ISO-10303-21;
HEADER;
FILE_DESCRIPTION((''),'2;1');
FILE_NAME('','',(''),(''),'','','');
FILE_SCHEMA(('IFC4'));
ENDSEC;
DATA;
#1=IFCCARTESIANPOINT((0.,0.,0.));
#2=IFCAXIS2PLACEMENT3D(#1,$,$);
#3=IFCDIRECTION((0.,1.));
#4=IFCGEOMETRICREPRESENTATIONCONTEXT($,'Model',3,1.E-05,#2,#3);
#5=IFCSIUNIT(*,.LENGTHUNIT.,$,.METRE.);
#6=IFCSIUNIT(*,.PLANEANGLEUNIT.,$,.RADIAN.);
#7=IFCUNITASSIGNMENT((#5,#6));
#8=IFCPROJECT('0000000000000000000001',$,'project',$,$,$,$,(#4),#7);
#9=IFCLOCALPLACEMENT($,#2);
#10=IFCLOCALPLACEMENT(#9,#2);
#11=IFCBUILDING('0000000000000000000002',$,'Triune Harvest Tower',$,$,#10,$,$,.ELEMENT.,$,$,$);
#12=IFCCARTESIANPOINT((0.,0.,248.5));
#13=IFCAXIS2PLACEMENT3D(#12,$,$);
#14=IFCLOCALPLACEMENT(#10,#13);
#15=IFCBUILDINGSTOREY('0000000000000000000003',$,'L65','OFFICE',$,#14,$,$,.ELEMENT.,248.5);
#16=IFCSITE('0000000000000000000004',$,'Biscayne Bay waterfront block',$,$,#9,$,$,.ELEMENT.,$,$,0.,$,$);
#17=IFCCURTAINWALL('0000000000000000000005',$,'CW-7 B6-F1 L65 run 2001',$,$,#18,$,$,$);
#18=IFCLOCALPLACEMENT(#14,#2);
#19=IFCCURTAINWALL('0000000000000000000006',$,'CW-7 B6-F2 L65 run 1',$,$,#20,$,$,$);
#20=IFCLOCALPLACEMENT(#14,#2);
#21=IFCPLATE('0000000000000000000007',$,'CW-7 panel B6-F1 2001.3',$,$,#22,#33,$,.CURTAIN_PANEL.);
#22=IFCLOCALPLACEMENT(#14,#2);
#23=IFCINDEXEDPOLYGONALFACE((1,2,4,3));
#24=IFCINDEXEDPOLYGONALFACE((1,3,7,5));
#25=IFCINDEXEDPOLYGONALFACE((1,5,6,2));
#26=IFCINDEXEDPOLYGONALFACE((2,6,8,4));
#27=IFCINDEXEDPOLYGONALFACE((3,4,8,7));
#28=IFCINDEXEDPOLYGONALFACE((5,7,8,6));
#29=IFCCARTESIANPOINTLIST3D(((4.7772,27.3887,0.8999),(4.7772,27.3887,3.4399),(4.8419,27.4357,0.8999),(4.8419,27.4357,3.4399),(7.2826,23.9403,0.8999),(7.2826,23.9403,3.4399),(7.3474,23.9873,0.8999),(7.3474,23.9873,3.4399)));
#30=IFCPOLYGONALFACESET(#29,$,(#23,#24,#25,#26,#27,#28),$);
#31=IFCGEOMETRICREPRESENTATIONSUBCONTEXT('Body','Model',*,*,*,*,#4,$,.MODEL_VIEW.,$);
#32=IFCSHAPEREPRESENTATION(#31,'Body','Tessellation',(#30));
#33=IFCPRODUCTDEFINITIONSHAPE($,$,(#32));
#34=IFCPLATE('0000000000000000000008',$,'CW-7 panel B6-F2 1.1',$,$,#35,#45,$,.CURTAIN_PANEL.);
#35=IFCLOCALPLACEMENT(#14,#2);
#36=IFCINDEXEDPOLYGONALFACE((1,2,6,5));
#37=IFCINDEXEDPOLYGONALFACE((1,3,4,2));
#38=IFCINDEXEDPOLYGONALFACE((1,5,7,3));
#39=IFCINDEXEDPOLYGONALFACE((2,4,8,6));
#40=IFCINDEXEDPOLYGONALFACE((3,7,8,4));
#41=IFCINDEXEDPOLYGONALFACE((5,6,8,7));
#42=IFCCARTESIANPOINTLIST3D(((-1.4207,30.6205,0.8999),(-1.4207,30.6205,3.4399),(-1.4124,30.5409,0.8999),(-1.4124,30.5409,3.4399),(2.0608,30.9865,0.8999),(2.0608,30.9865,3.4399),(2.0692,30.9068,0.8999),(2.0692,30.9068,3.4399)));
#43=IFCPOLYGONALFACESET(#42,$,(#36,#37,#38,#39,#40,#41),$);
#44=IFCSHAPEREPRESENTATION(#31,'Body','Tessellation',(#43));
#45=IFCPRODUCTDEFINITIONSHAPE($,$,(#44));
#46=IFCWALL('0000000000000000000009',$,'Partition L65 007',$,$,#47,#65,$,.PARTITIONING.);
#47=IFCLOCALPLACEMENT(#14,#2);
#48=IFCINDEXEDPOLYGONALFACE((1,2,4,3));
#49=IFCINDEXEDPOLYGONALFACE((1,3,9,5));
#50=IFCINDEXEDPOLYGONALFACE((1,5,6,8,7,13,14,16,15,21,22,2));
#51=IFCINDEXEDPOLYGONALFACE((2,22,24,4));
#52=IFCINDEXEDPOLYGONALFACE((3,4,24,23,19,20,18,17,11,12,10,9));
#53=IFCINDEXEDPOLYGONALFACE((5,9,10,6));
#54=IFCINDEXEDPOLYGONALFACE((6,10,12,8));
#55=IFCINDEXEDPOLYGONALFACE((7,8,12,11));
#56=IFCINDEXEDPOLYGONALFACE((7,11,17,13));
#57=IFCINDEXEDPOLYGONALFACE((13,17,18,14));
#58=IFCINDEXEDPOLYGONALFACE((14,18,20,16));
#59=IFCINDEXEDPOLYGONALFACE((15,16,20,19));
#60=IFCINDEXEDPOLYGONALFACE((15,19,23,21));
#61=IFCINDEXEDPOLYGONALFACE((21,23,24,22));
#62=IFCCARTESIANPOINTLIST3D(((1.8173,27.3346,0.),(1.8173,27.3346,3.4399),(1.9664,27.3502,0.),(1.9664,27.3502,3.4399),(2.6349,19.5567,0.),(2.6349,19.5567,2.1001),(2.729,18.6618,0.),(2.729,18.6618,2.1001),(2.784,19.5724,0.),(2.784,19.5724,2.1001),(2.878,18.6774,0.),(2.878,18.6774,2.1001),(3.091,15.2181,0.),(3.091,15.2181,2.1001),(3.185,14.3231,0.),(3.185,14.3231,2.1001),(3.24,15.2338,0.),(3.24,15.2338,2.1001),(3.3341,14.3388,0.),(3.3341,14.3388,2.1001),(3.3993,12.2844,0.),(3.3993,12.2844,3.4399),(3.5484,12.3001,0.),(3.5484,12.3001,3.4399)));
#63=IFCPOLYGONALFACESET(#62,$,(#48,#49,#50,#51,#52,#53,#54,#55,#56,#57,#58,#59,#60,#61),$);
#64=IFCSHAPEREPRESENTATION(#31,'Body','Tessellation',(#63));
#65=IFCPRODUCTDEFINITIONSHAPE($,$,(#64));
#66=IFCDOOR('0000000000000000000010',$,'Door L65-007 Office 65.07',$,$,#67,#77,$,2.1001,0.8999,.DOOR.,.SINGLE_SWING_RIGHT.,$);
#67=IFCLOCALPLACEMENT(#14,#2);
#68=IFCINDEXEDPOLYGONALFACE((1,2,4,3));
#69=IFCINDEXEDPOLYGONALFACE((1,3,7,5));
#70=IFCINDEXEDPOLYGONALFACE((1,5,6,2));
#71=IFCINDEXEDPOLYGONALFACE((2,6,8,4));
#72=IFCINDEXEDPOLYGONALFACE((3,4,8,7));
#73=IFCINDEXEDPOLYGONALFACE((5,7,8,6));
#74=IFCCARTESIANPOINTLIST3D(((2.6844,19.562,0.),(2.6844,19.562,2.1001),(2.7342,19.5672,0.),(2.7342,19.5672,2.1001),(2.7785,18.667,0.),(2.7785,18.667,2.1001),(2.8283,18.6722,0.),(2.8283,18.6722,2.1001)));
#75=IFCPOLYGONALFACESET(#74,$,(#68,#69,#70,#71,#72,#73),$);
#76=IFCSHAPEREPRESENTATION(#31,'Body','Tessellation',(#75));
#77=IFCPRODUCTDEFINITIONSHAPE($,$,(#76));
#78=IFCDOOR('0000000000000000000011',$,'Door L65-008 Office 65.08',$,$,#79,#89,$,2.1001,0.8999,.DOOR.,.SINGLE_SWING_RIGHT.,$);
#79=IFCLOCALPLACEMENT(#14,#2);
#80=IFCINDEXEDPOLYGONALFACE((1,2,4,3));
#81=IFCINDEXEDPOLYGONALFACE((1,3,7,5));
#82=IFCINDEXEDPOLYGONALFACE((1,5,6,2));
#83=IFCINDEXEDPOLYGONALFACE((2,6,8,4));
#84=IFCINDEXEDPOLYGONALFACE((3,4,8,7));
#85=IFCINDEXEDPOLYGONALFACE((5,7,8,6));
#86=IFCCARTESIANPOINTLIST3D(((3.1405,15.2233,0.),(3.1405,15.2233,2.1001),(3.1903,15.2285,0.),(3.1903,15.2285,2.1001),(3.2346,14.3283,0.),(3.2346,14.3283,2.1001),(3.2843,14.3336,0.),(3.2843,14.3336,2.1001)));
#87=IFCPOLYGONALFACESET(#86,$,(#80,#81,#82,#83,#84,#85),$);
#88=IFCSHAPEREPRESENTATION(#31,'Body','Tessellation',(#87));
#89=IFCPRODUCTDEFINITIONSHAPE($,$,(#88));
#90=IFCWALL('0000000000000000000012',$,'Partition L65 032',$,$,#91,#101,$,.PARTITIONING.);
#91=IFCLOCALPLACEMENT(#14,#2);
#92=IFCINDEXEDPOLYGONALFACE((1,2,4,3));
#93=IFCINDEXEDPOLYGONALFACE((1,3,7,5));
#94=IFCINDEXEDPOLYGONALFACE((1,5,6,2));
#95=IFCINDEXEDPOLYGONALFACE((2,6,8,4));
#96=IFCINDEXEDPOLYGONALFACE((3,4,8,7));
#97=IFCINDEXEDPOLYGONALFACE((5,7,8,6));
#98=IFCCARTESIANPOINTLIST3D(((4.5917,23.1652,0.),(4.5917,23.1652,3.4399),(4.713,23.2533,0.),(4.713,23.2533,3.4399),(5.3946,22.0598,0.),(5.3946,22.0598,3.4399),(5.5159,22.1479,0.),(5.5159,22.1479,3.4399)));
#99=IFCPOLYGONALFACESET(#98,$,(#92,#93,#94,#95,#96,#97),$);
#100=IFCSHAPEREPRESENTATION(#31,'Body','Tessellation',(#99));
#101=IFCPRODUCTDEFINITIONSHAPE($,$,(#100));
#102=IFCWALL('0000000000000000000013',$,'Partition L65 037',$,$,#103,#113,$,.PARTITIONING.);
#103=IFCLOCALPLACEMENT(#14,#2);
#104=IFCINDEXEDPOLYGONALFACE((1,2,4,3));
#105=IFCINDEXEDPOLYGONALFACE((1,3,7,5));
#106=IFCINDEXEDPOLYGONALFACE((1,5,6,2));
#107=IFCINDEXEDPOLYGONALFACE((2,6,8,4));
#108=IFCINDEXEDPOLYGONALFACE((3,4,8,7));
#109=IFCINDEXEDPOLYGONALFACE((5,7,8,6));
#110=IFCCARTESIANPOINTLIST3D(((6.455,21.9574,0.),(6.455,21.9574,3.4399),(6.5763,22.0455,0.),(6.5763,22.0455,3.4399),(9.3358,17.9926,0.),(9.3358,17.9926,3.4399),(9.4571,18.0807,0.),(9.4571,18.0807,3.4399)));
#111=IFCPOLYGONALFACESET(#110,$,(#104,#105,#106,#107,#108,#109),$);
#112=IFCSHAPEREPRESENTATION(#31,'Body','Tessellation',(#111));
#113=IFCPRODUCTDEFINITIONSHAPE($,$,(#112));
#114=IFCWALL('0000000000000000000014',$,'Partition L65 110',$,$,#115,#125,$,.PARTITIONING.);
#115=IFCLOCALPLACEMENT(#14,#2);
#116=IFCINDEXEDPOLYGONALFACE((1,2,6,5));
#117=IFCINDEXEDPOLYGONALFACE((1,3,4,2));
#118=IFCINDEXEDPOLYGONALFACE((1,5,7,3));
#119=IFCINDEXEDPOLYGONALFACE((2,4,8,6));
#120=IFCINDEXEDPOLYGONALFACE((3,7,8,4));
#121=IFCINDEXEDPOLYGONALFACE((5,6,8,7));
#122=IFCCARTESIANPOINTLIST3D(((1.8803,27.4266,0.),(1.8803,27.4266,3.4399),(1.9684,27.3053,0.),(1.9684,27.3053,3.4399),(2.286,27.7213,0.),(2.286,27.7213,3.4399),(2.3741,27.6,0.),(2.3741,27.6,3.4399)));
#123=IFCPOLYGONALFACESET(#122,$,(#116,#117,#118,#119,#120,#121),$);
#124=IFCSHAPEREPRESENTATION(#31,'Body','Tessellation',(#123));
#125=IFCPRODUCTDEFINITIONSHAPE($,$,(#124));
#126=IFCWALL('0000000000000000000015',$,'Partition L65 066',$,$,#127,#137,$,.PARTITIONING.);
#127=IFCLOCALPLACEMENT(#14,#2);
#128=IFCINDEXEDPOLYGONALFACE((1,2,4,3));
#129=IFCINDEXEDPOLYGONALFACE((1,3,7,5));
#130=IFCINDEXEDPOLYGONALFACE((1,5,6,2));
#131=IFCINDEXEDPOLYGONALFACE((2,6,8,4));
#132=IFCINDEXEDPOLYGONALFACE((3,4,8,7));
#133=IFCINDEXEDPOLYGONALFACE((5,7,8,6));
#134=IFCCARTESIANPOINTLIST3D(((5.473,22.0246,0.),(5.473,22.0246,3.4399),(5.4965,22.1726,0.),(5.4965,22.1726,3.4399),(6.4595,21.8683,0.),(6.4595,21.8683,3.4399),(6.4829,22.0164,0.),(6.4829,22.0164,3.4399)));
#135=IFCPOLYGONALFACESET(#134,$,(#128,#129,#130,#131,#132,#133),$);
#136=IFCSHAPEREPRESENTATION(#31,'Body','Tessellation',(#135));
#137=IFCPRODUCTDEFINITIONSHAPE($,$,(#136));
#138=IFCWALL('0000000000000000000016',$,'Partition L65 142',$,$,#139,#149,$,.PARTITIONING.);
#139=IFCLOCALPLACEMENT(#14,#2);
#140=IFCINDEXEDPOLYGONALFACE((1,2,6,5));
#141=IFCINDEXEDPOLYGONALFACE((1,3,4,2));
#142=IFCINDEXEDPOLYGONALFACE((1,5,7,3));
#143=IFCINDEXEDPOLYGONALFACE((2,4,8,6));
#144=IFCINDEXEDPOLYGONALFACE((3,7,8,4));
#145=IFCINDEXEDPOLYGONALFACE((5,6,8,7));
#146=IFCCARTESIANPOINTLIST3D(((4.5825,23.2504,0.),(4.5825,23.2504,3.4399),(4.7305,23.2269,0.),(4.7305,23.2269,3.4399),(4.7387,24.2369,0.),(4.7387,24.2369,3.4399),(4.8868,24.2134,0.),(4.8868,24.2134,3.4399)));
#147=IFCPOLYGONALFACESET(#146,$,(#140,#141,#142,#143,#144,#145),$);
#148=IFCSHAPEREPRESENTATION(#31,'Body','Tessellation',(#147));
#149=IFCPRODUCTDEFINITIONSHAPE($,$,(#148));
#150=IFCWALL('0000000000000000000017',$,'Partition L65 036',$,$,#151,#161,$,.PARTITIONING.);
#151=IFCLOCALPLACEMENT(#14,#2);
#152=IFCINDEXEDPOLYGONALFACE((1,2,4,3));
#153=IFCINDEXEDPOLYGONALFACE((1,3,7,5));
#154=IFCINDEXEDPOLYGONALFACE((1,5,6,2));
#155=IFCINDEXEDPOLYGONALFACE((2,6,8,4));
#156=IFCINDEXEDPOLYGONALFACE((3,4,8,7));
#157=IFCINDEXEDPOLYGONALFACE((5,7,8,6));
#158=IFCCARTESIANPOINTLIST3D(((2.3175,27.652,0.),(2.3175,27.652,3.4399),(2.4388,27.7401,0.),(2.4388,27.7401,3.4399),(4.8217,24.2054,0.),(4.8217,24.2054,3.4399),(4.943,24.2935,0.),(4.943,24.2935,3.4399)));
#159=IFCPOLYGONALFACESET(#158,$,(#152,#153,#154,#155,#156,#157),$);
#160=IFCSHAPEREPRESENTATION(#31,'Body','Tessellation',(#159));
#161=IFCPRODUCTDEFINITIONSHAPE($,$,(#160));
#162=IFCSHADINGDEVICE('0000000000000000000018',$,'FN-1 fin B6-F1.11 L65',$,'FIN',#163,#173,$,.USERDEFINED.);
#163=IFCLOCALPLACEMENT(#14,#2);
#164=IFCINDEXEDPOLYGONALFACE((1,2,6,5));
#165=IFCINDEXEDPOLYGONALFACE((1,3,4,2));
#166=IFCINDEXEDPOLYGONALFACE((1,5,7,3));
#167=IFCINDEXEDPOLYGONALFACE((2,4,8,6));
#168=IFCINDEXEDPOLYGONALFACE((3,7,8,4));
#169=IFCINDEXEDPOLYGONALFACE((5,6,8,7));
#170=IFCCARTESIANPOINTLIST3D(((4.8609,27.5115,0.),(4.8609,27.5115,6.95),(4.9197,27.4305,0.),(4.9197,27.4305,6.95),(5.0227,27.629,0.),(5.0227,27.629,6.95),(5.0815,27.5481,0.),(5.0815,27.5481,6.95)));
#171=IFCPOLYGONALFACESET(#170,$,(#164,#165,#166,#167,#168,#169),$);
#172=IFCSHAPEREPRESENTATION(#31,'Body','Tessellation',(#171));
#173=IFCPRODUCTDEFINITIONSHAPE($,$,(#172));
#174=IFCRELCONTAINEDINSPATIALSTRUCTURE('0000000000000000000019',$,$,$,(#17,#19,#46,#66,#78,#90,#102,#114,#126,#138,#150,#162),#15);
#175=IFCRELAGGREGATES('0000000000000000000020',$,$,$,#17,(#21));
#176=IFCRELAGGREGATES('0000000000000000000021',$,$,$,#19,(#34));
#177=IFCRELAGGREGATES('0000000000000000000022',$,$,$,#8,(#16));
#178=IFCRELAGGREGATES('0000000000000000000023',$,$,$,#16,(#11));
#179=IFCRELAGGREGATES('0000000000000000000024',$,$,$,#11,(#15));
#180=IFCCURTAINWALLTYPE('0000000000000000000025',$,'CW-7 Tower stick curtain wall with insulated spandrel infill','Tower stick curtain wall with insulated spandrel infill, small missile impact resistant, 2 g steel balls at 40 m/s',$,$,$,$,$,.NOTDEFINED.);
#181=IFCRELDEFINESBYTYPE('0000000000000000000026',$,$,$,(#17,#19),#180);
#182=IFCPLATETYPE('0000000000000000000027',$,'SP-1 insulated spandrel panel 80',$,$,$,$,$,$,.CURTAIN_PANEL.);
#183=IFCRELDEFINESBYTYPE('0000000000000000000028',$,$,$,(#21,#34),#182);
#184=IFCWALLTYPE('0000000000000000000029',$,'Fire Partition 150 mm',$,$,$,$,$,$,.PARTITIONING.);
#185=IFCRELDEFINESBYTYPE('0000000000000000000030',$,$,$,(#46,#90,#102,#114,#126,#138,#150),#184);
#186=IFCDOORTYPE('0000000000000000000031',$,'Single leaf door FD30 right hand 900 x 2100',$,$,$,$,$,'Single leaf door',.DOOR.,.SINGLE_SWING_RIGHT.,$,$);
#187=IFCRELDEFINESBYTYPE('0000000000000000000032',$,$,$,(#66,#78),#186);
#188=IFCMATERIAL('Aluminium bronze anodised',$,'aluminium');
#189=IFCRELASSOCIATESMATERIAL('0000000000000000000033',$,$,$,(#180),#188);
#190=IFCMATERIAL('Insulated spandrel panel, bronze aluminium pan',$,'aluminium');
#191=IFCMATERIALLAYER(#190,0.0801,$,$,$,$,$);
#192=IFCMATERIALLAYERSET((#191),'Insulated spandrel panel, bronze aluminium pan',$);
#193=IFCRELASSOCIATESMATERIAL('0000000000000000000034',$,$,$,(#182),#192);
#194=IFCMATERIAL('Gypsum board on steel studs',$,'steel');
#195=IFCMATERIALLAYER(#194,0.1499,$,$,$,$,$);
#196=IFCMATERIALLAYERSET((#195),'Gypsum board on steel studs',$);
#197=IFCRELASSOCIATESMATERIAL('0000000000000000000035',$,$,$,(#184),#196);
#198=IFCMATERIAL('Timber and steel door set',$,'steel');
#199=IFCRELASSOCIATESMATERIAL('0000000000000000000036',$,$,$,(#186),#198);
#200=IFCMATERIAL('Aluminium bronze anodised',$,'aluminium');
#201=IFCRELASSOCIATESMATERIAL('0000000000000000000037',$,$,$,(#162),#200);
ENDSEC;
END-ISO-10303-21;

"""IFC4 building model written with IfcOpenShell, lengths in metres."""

from ifc_helpers import new_model, si_unit, direction, frame, frame_2d, origin, origin_2d, place, context, subcontext, project, spatial, rectangle, extrude, source, transform, mapped, material, layer, layer_set, type_object, element, fill, aggregate, save


model = new_model("IFC4")

# Units and contexts
model_context = context("Model", 3, precision=1e-05, world=origin(), true_north=direction((0.0, 1.0)))
body_context = subcontext(model_context, "Body", "Model", "MODEL_VIEW")
ifc_project = project(units=[si_unit("LENGTHUNIT", "METRE"), si_unit("PLANEANGLEUNIT", "RADIAN")], contexts=[model_context])

# Site, building, storey
site_placement = place(None, origin())
site = spatial("IfcSite", under=ifc_project, at=site_placement, Name="Biscayne Bay waterfront block", CompositionType="ELEMENT", RefElevation=0.0)
building_placement = place(site_placement, origin())
building = spatial("IfcBuilding", under=site, at=building_placement, Name="Triune Harvest Tower", CompositionType="ELEMENT")
storey_placement = place(building_placement, frame((0.0, 0.0, 248.5)))
storey = spatial("IfcBuildingStorey", under=building, at=storey_placement, Name="L65", Description="OFFICE", CompositionType="ELEMENT", Elevation=248.5)

# Curtain walls
ifc_material_1 = material(Name="Aluminium bronze anodised", Category="aluminium")
curtain_wall_type = type_object("IfcCurtainWallType", Name="CW-7 Tower stick curtain wall with insulated spandrel infill", Description="Tower stick curtain wall with insulated spandrel infill, small missile impact resistant, 2 g steel balls at 40 m/s", PredefinedType="NOTDEFINED", material=ifc_material_1)
curtain_wall_1_placement = place(storey_placement, origin())
curtain_wall_1 = element("IfcCurtainWall", 1, at=curtain_wall_1_placement, inside=storey, type_object=curtain_wall_type, Name="CW-7 B6-F1 L65 run 2001")
curtain_wall_2_placement = place(storey_placement, origin())
curtain_wall_2 = element("IfcCurtainWall", 2, at=curtain_wall_2_placement, inside=storey, type_object=curtain_wall_type, Name="CW-7 B6-F2 L65 run 1")

# Plates
ifc_material_2 = material(Name="Insulated spandrel panel, bronze aluminium pan", Category="aluminium")
ifc_layer_1 = layer(ifc_material_2, 0.0801)
ifc_layer_set_1 = layer_set([ifc_layer_1], Name="Insulated spandrel panel, bronze aluminium pan")
plate_type = type_object("IfcPlateType", Name="SP-1 insulated spandrel panel 80", PredefinedType="CURTAIN_PANEL", material=ifc_layer_set_1)
shared_shape_1 = source(origin(), body_context, "Body", "SweptSolid", [
    extrude(rectangle(XDim=4.2625, YDim=0.0801, at=origin_2d()), origin(), (0.0, 0.0, 1.0), 2.54),
])
plate_1_placement = place(storey_placement, frame((6.0623, 25.688, 0.8999), z_axis=(0.0, 0.0, 1.0), x_axis=(-0.587786, 0.809016, 0.0)))
plate_1 = element("IfcPlate", 3, at=plate_1_placement, type_object=plate_type, Name="CW-7 panel B6-F1 2001.3", PredefinedType="CURTAIN_PANEL", context=body_context, shape_type="MappedRepresentation", body=[
    mapped(shared_shape_1, transform((0.0, 0.0, 0.0), scale=1.0)),
])
aggregate(curtain_wall_1, [plate_1])
shared_shape_2 = source(origin(), body_context, "Body", "SweptSolid", [
    extrude(rectangle(XDim=3.5007, YDim=0.0801, at=origin_2d()), origin(), (0.0, 0.0, 1.0), 2.54),
])
plate_2_placement = place(storey_placement, frame((0.3242, 30.7637, 0.8999), z_axis=(0.0, 0.0, 1.0), x_axis=(-0.994522, -0.10453, 0.0)))
plate_2 = element("IfcPlate", 4, at=plate_2_placement, type_object=plate_type, Name="CW-7 panel B6-F2 1.1", PredefinedType="CURTAIN_PANEL", context=body_context, shape_type="MappedRepresentation", body=[
    mapped(shared_shape_2, transform((0.0, 0.0, 0.0), scale=1.0)),
])
aggregate(curtain_wall_2, [plate_2])

# Wall, openings, doors
ifc_material_3 = material(Name="Gypsum board on steel studs", Category="steel")
ifc_layer_2 = layer(ifc_material_3, 0.1499)
ifc_layer_set_2 = layer_set([ifc_layer_2], Name="Gypsum board on steel studs")
wall_type = type_object("IfcWallType", Name="Fire Partition 150 mm", PredefinedType="PARTITIONING", material=ifc_layer_set_2)
wall_1_placement = place(storey_placement, frame((1.8918, 27.3423, 0.0), z_axis=(0.0, 0.0, 1.0), x_axis=(0.104542, -0.99452, 0.0)))
wall_1 = element("IfcWall", 5, at=wall_1_placement, inside=storey, type_object=wall_type, Name="Partition L65 007", PredefinedType="PARTITIONING", context=body_context, shape_type="SweptSolid", body=[
    extrude(rectangle(XDim=15.1331, YDim=0.1499, at=frame_2d((7.5664, 0.0))), origin(), (0.0, 0.0, 1.0), 3.4399),
])
opening_1_placement = place(wall_1_placement, frame((7.8206, 0.0, 0.0)))
opening_1 = element("IfcOpeningElement", 6, at=opening_1_placement, cuts=wall_1, PredefinedType="OPENING", context=body_context, shape_type="SweptSolid", body=[
    extrude(rectangle(XDim=0.8999, YDim=2.1001, at=frame_2d((0.45, 1.05))), frame((0.0, 0.085, 0.0), z_axis=(0.0, -1.0, 0.0), x_axis=(1.0, 0.0, 0.0)), (0.0, 0.0, 1.0), 0.1699),
])
opening_2_placement = place(wall_1_placement, frame((12.1831, 0.0, 0.0)))
opening_2 = element("IfcOpeningElement", 7, at=opening_2_placement, cuts=wall_1, PredefinedType="OPENING", context=body_context, shape_type="SweptSolid", body=[
    extrude(rectangle(XDim=0.8999, YDim=2.1001, at=frame_2d((0.45, 1.05))), frame((0.0, 0.085, 0.0), z_axis=(0.0, -1.0, 0.0), x_axis=(1.0, 0.0, 0.0)), (0.0, 0.0, 1.0), 0.1699),
])
ifc_material_4 = material(Name="Timber and steel door set", Category="steel")
door_type = type_object("IfcDoorType", Name="Single leaf door FD30 right hand 900 x 2100", ElementType="Single leaf door", OperationType="SINGLE_SWING_RIGHT", PredefinedType="DOOR", material=ifc_material_4)
door_1_placement = place(opening_1_placement, origin())
door_1 = element("IfcDoor", 8, at=door_1_placement, inside=storey, type_object=door_type, Name="Door L65-007 Office 65.07", OperationType="SINGLE_SWING_RIGHT", OverallHeight=2.1001, OverallWidth=0.8999, PredefinedType="DOOR", context=body_context, shape_type="SweptSolid", body=[
    extrude(rectangle(XDim=0.8999, YDim=2.1001, at=frame_2d((0.45, 1.05))), frame((0.0, 0.0249, 0.0), z_axis=(0.0, -1.0, 0.0), x_axis=(1.0, 0.0, 0.0)), (0.0, 0.0, 1.0), 0.05),
])
fill(opening_1, door_1)
door_2_placement = place(opening_2_placement, origin())
door_2 = element("IfcDoor", 9, at=door_2_placement, inside=storey, type_object=door_type, Name="Door L65-008 Office 65.08", OperationType="SINGLE_SWING_RIGHT", OverallHeight=2.1001, OverallWidth=0.8999, PredefinedType="DOOR", context=body_context, shape_type="SweptSolid", body=[
    extrude(rectangle(XDim=0.8999, YDim=2.1001, at=frame_2d((0.45, 1.05))), frame((0.0, 0.0249, 0.0), z_axis=(0.0, -1.0, 0.0), x_axis=(1.0, 0.0, 0.0)), (0.0, 0.0, 1.0), 0.05),
])
fill(opening_2, door_2)

# Walls
wall_2_placement = place(storey_placement, frame((4.6523, 23.2092, 0.0), z_axis=(0.0, 0.0, 1.0), x_axis=(0.587693, -0.809084, 0.0)))
element("IfcWall", 10, at=wall_2_placement, inside=storey, type_object=wall_type, Name="Partition L65 032", PredefinedType="PARTITIONING", context=body_context, shape_type="SweptSolid", body=[
    extrude(rectangle(XDim=1.3662, YDim=0.1499, at=frame_2d((0.6831, 0.0))), origin(), (0.0, 0.0, 1.0), 3.4399),
])
wall_3_placement = place(storey_placement, frame((6.5156, 22.0015, 0.0), z_axis=(0.0, 0.0, 1.0), x_axis=(0.587816, -0.808995, 0.0)))
element("IfcWall", 11, at=wall_3_placement, inside=storey, type_object=wall_type, Name="Partition L65 037", PredefinedType="PARTITIONING", context=body_context, shape_type="SweptSolid", body=[
    extrude(rectangle(XDim=4.9009, YDim=0.1499, at=frame_2d((2.4504, 0.0))), origin(), (0.0, 0.0, 1.0), 3.4399),
])
shared_shape_3 = source(origin(), body_context, "Body", "SweptSolid", [
    extrude(rectangle(XDim=0.5015, YDim=0.1499, at=frame_2d((0.2507, 0.0))), origin(), (0.0, 0.0, 1.0), 3.4399),
])
wall_4_placement = place(storey_placement, frame((1.9243, 27.366, 0.0), z_axis=(0.0, 0.0, 1.0), x_axis=(0.809136, 0.587622, 0.0)))
element("IfcWall", 12, at=wall_4_placement, inside=storey, type_object=wall_type, Name="Partition L65 110", PredefinedType="PARTITIONING", context=body_context, shape_type="MappedRepresentation", body=[
    mapped(shared_shape_3, transform((0.0, 0.0, 0.0), scale=1.0)),
])
shared_shape_4 = source(origin(), body_context, "Body", "SweptSolid", [
    extrude(rectangle(XDim=0.9988, YDim=0.1499, at=frame_2d((0.4995, 0.0))), origin(), (0.0, 0.0, 1.0), 3.4399),
])
for number, where, z_axis, x_axis, name in (
    (13, (5.4846, 22.0986, 0.0), (0.0, 0.0, 1.0), (0.98769, -0.156427, 0.0), "Partition L65 066"),
    (14, (4.6565, 23.2385, 0.0), (0.0, 0.0, 1.0), (0.156427, 0.98769, 0.0), "Partition L65 142"),
):
    element("IfcWall", number, at=place(storey_placement, frame(where, z_axis=z_axis, x_axis=x_axis)), inside=storey, type_object=wall_type, Name=name, PredefinedType="PARTITIONING", context=body_context, shape_type="MappedRepresentation", body=[
        mapped(shared_shape_4, transform((0.0, 0.0, 0.0), scale=1.0)),
    ])
shared_shape_5 = source(origin(), body_context, "Body", "SweptSolid", [
    extrude(rectangle(XDim=4.2603, YDim=0.1499, at=frame_2d((2.1301, 0.0))), origin(), (0.0, 0.0, 1.0), 3.4399),
])
wall_5_placement = place(storey_placement, frame((2.3782, 27.696, 0.0), z_axis=(0.0, 0.0, 1.0), x_axis=(0.5878, -0.809006, 0.0)))
element("IfcWall", 15, at=wall_5_placement, inside=storey, type_object=wall_type, Name="Partition L65 036", PredefinedType="PARTITIONING", context=body_context, shape_type="MappedRepresentation", body=[
    mapped(shared_shape_5, transform((0.0, 0.0, 0.0), scale=1.0)),
])

# Shading device
ifc_material_5 = material(Name="Aluminium bronze anodised", Category="aluminium")
shared_shape_6 = source(origin(), body_context, "Body", "SweptSolid", [
    extrude(rectangle(XDim=0.1001, YDim=0.2, at=origin_2d()), origin(), (0.0, 0.0, 1.0), 6.95),
])
shading_device_placement = place(storey_placement, frame((4.9712, 27.5298, 0.0), z_axis=(0.0, 0.0, 1.0), x_axis=(-0.587786, 0.809017, 0.0)))
element("IfcShadingDevice", 16, at=shading_device_placement, inside=storey, material=ifc_material_5, Name="FN-1 fin B6-F1.11 L65", ObjectType="FIN", PredefinedType="USERDEFINED", context=body_context, shape_type="MappedRepresentation", body=[
    mapped(shared_shape_6, transform((0.0, 0.0, 0.0), scale=1.0)),
])

save(model, "model.ifc")
